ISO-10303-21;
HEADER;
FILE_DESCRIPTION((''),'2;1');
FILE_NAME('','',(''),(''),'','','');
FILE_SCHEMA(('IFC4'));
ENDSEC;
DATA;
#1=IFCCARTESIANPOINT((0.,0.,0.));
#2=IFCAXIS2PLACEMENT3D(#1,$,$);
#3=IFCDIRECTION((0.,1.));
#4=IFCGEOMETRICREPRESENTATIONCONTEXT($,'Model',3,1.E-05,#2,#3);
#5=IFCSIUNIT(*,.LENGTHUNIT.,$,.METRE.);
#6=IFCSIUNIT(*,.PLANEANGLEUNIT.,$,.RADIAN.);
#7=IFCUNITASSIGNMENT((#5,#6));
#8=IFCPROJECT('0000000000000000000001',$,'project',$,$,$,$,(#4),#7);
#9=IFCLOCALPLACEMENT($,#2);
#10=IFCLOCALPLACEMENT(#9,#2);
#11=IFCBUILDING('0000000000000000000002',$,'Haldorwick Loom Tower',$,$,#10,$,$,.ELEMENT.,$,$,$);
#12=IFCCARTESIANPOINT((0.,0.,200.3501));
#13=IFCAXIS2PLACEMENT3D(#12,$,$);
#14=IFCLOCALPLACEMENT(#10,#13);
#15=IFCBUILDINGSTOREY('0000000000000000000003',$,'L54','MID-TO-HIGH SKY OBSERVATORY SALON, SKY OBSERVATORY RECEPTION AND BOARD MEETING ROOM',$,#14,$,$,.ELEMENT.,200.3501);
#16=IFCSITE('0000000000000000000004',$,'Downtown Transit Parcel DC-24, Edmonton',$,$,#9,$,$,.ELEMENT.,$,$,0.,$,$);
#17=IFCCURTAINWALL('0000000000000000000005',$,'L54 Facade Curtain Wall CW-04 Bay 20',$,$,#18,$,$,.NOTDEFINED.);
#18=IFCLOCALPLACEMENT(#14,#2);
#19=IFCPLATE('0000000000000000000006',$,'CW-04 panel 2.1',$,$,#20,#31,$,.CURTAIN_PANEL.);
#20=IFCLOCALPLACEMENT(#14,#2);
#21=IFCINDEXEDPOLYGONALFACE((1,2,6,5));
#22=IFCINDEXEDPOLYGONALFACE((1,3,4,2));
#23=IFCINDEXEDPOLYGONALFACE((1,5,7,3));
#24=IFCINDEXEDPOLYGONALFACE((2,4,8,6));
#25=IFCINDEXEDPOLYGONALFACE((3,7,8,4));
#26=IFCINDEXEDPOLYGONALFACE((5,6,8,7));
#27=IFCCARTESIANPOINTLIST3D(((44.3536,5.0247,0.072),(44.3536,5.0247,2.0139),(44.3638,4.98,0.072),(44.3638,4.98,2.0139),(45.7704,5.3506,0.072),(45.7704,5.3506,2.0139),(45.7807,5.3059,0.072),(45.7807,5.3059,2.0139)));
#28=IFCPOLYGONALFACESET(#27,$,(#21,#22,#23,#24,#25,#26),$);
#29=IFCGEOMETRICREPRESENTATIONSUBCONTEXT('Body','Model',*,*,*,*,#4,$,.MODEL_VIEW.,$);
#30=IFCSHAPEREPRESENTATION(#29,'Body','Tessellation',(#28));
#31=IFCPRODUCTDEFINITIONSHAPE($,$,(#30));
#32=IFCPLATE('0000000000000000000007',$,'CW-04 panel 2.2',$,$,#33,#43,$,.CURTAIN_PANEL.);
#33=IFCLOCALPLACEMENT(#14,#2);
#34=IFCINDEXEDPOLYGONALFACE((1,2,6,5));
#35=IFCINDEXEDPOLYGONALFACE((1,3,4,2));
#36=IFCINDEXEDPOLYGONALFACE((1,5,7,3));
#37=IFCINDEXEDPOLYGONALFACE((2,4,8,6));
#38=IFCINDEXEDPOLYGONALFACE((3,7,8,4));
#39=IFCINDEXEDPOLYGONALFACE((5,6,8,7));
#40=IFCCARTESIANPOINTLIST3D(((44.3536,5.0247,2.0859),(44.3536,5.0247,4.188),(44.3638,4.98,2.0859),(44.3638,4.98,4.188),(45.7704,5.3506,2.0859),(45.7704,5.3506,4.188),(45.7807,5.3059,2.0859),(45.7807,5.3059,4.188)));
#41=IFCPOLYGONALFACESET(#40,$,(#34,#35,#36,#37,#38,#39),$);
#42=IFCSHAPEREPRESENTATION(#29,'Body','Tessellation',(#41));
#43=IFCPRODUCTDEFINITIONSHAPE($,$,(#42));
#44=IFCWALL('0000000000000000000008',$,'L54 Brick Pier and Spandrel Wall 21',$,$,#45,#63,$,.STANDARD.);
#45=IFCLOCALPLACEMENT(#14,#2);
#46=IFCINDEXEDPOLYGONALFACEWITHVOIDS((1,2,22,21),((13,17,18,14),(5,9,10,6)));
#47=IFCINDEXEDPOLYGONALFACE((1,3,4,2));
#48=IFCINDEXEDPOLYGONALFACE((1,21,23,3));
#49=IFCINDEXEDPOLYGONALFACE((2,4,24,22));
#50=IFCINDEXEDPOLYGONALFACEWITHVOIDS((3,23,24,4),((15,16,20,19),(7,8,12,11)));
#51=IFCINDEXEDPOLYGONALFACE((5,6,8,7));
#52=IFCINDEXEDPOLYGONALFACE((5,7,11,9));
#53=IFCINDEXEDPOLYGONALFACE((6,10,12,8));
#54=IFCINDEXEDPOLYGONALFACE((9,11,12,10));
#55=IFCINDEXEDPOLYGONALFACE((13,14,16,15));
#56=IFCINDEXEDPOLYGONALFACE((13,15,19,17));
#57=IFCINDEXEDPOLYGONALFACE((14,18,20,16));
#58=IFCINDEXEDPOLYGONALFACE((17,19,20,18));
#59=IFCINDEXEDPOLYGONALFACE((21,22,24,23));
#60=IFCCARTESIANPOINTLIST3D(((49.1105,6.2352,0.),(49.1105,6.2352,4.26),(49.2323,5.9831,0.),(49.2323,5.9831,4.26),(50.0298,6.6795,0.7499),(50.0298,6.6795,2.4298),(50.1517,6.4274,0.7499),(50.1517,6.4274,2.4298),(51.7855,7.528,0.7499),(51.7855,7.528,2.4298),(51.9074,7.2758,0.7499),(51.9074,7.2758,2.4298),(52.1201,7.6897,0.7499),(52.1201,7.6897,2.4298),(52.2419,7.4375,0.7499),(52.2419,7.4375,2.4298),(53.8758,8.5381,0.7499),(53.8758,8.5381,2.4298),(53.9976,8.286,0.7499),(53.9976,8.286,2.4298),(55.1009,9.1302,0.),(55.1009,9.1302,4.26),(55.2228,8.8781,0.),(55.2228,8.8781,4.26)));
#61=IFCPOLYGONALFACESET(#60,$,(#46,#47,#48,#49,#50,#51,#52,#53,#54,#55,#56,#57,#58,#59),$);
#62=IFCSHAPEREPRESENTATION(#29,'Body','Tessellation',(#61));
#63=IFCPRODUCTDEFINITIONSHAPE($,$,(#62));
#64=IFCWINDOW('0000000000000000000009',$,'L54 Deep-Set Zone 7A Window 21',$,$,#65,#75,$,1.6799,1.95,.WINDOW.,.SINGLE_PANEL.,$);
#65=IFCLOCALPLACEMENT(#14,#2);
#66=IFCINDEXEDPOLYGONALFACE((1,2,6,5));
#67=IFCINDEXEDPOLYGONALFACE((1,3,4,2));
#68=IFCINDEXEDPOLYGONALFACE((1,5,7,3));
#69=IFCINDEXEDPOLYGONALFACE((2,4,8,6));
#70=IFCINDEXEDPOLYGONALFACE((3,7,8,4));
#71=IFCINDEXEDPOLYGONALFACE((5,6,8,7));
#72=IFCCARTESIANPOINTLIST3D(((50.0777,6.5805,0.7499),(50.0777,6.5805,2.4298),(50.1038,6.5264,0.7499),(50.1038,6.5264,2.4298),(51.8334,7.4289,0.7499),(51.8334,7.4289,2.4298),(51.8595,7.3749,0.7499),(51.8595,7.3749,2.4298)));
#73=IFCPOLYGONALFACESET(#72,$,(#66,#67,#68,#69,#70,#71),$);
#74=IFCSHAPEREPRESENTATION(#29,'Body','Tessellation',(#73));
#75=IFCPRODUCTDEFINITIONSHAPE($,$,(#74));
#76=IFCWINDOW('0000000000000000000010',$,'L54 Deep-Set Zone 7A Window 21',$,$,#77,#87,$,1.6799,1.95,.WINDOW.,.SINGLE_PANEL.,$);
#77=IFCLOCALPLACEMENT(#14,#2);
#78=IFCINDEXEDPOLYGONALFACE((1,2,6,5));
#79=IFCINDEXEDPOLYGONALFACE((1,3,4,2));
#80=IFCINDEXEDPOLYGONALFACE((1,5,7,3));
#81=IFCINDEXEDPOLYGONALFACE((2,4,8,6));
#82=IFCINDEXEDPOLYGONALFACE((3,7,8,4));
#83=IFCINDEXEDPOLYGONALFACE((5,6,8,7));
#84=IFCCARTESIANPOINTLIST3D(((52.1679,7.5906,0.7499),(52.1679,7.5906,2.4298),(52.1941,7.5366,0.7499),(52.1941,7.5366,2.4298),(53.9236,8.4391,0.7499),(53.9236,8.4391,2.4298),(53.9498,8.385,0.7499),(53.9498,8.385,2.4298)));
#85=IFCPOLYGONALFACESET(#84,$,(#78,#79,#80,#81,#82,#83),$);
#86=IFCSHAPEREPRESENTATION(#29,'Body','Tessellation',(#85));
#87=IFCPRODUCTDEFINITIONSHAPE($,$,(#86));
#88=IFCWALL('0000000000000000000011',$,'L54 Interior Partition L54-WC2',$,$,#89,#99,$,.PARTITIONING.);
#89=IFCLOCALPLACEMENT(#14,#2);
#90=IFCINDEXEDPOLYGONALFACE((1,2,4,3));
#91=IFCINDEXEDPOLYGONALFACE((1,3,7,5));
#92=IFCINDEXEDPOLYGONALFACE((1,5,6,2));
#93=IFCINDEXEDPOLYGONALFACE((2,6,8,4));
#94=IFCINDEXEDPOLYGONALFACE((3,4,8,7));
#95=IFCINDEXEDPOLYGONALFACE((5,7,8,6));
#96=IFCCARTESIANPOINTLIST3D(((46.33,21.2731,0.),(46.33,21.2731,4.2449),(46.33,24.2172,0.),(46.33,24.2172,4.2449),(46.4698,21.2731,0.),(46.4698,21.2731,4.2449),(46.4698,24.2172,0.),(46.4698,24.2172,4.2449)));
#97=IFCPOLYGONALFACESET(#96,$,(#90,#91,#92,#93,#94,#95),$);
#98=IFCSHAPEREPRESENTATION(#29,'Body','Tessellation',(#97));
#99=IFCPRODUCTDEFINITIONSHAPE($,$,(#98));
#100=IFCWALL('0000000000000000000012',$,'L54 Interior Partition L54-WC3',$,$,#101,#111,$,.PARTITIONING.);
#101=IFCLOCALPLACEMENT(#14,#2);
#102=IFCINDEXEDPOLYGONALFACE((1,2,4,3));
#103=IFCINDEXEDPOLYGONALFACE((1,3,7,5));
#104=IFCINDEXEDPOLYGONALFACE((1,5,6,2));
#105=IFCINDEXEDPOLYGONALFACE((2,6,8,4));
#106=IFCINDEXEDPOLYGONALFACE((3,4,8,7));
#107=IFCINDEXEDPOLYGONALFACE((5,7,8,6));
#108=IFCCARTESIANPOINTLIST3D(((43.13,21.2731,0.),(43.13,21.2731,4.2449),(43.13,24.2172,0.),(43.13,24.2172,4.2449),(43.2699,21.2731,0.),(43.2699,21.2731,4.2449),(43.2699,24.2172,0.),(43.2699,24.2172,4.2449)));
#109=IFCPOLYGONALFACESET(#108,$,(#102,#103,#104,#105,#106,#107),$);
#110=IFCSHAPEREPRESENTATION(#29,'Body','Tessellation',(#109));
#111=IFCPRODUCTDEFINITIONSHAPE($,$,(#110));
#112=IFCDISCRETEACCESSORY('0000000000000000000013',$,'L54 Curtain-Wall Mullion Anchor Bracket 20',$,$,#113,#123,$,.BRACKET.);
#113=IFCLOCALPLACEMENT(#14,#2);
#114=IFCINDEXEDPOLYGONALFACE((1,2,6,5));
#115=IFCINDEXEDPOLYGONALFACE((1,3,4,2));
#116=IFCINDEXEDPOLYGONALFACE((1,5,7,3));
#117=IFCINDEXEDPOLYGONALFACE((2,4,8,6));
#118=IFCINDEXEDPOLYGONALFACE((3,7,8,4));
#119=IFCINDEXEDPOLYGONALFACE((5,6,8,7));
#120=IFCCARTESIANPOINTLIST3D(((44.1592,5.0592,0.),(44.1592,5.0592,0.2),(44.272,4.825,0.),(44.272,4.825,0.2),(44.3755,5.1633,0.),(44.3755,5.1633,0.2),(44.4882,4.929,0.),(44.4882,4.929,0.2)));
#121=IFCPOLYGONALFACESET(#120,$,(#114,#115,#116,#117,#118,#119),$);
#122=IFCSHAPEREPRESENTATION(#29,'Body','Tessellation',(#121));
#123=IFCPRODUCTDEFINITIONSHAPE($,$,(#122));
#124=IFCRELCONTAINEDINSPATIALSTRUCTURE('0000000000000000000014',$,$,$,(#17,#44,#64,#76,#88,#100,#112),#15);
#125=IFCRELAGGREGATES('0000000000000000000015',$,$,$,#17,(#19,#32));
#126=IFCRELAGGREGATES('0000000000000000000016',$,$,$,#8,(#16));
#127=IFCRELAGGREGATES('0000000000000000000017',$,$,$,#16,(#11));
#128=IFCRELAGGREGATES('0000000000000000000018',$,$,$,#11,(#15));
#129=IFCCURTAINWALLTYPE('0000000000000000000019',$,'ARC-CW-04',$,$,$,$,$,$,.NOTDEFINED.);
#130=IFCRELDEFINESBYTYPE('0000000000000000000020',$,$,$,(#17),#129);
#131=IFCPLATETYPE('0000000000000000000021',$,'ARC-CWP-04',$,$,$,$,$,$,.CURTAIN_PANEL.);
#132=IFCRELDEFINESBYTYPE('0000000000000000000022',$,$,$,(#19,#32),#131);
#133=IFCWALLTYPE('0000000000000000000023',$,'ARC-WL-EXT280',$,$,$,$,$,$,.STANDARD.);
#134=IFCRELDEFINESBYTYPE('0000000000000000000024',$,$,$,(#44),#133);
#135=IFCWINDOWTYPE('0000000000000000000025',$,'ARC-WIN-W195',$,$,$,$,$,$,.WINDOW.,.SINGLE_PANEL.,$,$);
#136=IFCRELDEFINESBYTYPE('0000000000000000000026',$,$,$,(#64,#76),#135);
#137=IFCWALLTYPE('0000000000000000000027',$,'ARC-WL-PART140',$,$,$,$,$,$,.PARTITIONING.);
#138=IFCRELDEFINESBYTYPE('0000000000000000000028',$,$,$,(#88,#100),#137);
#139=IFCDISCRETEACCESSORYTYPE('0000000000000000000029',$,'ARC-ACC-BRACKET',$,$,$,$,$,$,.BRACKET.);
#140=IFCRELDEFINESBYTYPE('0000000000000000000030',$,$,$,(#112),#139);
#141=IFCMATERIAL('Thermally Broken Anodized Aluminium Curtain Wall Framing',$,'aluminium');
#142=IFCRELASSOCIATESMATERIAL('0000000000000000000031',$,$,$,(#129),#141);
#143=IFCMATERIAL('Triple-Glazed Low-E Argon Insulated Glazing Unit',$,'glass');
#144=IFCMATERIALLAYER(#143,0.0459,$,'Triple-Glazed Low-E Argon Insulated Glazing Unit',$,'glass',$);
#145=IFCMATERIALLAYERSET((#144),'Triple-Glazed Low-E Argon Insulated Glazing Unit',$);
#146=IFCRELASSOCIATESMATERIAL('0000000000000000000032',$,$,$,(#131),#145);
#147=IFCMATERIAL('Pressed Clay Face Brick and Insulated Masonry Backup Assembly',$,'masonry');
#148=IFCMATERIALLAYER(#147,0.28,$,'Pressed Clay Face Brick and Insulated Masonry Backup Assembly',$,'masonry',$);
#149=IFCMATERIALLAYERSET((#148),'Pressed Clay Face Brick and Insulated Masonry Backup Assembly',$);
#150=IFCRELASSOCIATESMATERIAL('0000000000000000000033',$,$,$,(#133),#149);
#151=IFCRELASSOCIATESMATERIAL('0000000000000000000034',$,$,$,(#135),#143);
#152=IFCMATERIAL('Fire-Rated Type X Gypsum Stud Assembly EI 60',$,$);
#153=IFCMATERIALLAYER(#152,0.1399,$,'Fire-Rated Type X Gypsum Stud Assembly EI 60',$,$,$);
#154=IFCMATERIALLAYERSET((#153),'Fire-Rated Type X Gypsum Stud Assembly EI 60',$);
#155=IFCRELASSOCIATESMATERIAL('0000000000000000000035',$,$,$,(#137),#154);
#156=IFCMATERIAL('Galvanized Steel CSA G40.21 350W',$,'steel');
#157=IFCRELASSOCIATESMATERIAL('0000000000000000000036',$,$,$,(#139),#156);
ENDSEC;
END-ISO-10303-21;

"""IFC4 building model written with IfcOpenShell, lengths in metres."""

from ifc_helpers import new_model, si_unit, direction, frame, frame_2d, origin, origin_2d, place, context, subcontext, project, spatial, rectangle, extrude, material, layer, layer_set, type_object, element, fill, aggregate, save


model = new_model("IFC4")

# Units and contexts
model_context = context("Model", 3, precision=1e-05, world=origin(), true_north=direction((0.0, 1.0)))
body_context = subcontext(model_context, "Body", "Model", "MODEL_VIEW")
ifc_project = project(units=[si_unit("LENGTHUNIT", "METRE"), si_unit("PLANEANGLEUNIT", "RADIAN")], contexts=[model_context])

# Site, building, storey
site_placement = place(None, origin())
site = spatial("IfcSite", under=ifc_project, at=site_placement, Name="Downtown Transit Parcel DC-24, Edmonton", CompositionType="ELEMENT", RefElevation=0.0)
building_placement = place(site_placement, origin())
building = spatial("IfcBuilding", under=site, at=building_placement, Name="Haldorwick Loom Tower", CompositionType="ELEMENT")
storey_placement = place(building_placement, frame((0.0, 0.0, 200.3501)))
storey = spatial("IfcBuildingStorey", under=building, at=storey_placement, Name="L54", Description="MID-TO-HIGH SKY OBSERVATORY SALON, SKY OBSERVATORY RECEPTION AND BOARD MEETING ROOM", CompositionType="ELEMENT", Elevation=200.3501)

# Curtain wall
ifc_material_1 = material(Name="Thermally Broken Anodized Aluminium Curtain Wall Framing", Category="aluminium")
curtain_wall_type = type_object("IfcCurtainWallType", Name="ARC-CW-04", PredefinedType="NOTDEFINED", material=ifc_material_1)
curtain_wall_placement = place(storey_placement, origin())
curtain_wall = element("IfcCurtainWall", 1, at=curtain_wall_placement, inside=storey, type_object=curtain_wall_type, Name="L54 Facade Curtain Wall CW-04 Bay 20", PredefinedType="NOTDEFINED")

# Plates
ifc_material_2 = material(Name="Triple-Glazed Low-E Argon Insulated Glazing Unit", Category="glass")
ifc_layer_1 = layer(ifc_material_2, 0.0459, Name="Triple-Glazed Low-E Argon Insulated Glazing Unit", Category="glass")
ifc_layer_set_1 = layer_set([ifc_layer_1], Name="Triple-Glazed Low-E Argon Insulated Glazing Unit")
plate_type = type_object("IfcPlateType", Name="ARC-CWP-04", PredefinedType="CURTAIN_PANEL", material=ifc_layer_set_1)
plate_1_placement = place(storey_placement, frame((45.0671, 5.1653, 0.072), z_axis=(0.0, 0.0, 1.0), x_axis=(0.974557, 0.224142, 0.0)))
plate_1 = element("IfcPlate", 2, at=plate_1_placement, type_object=plate_type, Name="CW-04 panel 2.1", PredefinedType="CURTAIN_PANEL", context=body_context, shape_type="SweptSolid", body=[
    extrude(rectangle(XDim=1.4539, YDim=0.0459, at=origin_2d()), origin(), (0.0, 0.0, 1.0), 1.9419),
])
plate_2_placement = place(storey_placement, frame((45.0671, 5.1653, 2.0859), z_axis=(0.0, 0.0, 1.0), x_axis=(0.974557, 0.224142, 0.0)))
plate_2 = element("IfcPlate", 3, at=plate_2_placement, type_object=plate_type, Name="CW-04 panel 2.2", PredefinedType="CURTAIN_PANEL", context=body_context, shape_type="SweptSolid", body=[
    extrude(rectangle(XDim=1.4539, YDim=0.0459, at=origin_2d()), origin(), (0.0, 0.0, 1.0), 2.1021),
])
aggregate(curtain_wall, [plate_1, plate_2])

# Wall, openings, windows
ifc_material_3 = material(Name="Pressed Clay Face Brick and Insulated Masonry Backup Assembly", Category="masonry")
ifc_layer_2 = layer(ifc_material_3, 0.28, Name="Pressed Clay Face Brick and Insulated Masonry Backup Assembly", Category="masonry")
ifc_layer_set_2 = layer_set([ifc_layer_2], Name="Pressed Clay Face Brick and Insulated Masonry Backup Assembly")
wall_type_1 = type_object("IfcWallType", Name="ARC-WL-EXT280", PredefinedType="STANDARD", material=ifc_layer_set_2)
wall_placement = place(storey_placement, frame((49.1714, 6.1091, 0.0), z_axis=(0.0, 0.0, 1.0), x_axis=(0.900371, 0.435123, 0.0)))
wall = element("IfcWall", 4, at=wall_placement, inside=storey, type_object=wall_type_1, Name="L54 Brick Pier and Spandrel Wall 21", PredefinedType="STANDARD", context=body_context, shape_type="SweptSolid", body=[
    extrude(rectangle(XDim=6.6533, YDim=0.28, at=frame_2d((3.3267, 0.0))), origin(), (0.0, 0.0, 1.0), 4.26),
])
opening_1_placement = place(wall_placement, frame((1.021, 0.0, 0.75)))
opening_1 = element("IfcOpeningElement", 5, at=opening_1_placement, cuts=wall, PredefinedType="OPENING", context=body_context, shape_type="SweptSolid", body=[
    extrude(rectangle(XDim=1.95, YDim=1.6799, at=frame_2d((0.9751, 0.8398))), frame((0.0, 0.1499, 0.0), z_axis=(0.0, -1.0, 0.0), x_axis=(1.0, 0.0, 0.0)), (0.0, 0.0, 1.0), 0.3),
])
opening_2_placement = place(wall_placement, frame((3.3425, 0.0, 0.75)))
opening_2 = element("IfcOpeningElement", 6, at=opening_2_placement, cuts=wall, PredefinedType="OPENING", context=body_context, shape_type="SweptSolid", body=[
    extrude(rectangle(XDim=1.95, YDim=1.6799, at=frame_2d((0.9751, 0.8398))), frame((0.0, 0.1499, 0.0), z_axis=(0.0, -1.0, 0.0), x_axis=(1.0, 0.0, 0.0)), (0.0, 0.0, 1.0), 0.3),
])
window_type = type_object("IfcWindowType", Name="ARC-WIN-W195", PartitioningType="SINGLE_PANEL", PredefinedType="WINDOW", material=ifc_material_2)
window_1_placement = place(opening_1_placement, origin())
window_1 = element("IfcWindow", 7, at=window_1_placement, inside=storey, type_object=window_type, Name="L54 Deep-Set Zone 7A Window 21", OverallHeight=1.6799, OverallWidth=1.95, PartitioningType="SINGLE_PANEL", PredefinedType="WINDOW", context=body_context, shape_type="SweptSolid", body=[
    extrude(rectangle(XDim=1.95, YDim=1.6799, at=frame_2d((0.9751, 0.8398))), frame((0.0, 0.03, 0.0), z_axis=(0.0, -1.0, 0.0), x_axis=(1.0, 0.0, 0.0)), (0.0, 0.0, 1.0), 0.0601),
])
fill(opening_1, window_1)
window_2_placement = place(opening_2_placement, origin())
window_2 = element("IfcWindow", 8, at=window_2_placement, inside=storey, type_object=window_type, Name="L54 Deep-Set Zone 7A Window 21", OverallHeight=1.6799, OverallWidth=1.95, PartitioningType="SINGLE_PANEL", PredefinedType="WINDOW", context=body_context, shape_type="SweptSolid", body=[
    extrude(rectangle(XDim=1.95, YDim=1.6799, at=frame_2d((0.9751, 0.8398))), frame((0.0, 0.03, 0.0), z_axis=(0.0, -1.0, 0.0), x_axis=(1.0, 0.0, 0.0)), (0.0, 0.0, 1.0), 0.0601),
])
fill(opening_2, window_2)

# Walls
ifc_material_4 = material(Name="Fire-Rated Type X Gypsum Stud Assembly EI 60")
ifc_layer_3 = layer(ifc_material_4, 0.1399, Name="Fire-Rated Type X Gypsum Stud Assembly EI 60")
ifc_layer_set_3 = layer_set([ifc_layer_3], Name="Fire-Rated Type X Gypsum Stud Assembly EI 60")
wall_type_2 = type_object("IfcWallType", Name="ARC-WL-PART140", PredefinedType="PARTITIONING", material=ifc_layer_set_3)
for number, where, z_axis, x_axis, name in (
    (9, (46.3999, 21.2729, 0.0), (0.0, 0.0, 1.0), (0.0, 1.0, 0.0), "L54 Interior Partition L54-WC2"),
    (10, (43.2, 21.2729, 0.0), (0.0, 0.0, 1.0), (0.0, 1.0, 0.0), "L54 Interior Partition L54-WC3"),
):
    element("IfcWall", number, at=place(storey_placement, frame(where, z_axis=z_axis, x_axis=x_axis)), inside=storey, type_object=wall_type_2, Name=name, PredefinedType="PARTITIONING", context=body_context, shape_type="SweptSolid", body=[
        extrude(rectangle(XDim=2.9441, YDim=0.1399, at=frame_2d((1.4722, 0.0))), origin(), (0.0, 0.0, 1.0), 4.2449),
    ])

# Discrete accessory
ifc_material_5 = material(Name="Galvanized Steel CSA G40.21 350W", Category="steel")
discrete_accessory_type = type_object("IfcDiscreteAccessoryType", Name="ARC-ACC-BRACKET", PredefinedType="BRACKET", material=ifc_material_5)
discrete_accessory_placement = place(storey_placement, frame((44.3237, 4.9941, 0.0), z_axis=(0.0, 0.0, 1.0), x_axis=(0.433659, -0.901077, 0.0)))
element("IfcDiscreteAccessory", 11, at=discrete_accessory_placement, inside=storey, type_object=discrete_accessory_type, Name="L54 Curtain-Wall Mullion Anchor Bracket 20", PredefinedType="BRACKET", context=body_context, shape_type="SweptSolid", body=[
    extrude(rectangle(XDim=0.26, YDim=0.24, at=origin_2d()), origin(), (0.0, 0.0, 1.0), 0.2),
])

save(model, "model.ifc")
